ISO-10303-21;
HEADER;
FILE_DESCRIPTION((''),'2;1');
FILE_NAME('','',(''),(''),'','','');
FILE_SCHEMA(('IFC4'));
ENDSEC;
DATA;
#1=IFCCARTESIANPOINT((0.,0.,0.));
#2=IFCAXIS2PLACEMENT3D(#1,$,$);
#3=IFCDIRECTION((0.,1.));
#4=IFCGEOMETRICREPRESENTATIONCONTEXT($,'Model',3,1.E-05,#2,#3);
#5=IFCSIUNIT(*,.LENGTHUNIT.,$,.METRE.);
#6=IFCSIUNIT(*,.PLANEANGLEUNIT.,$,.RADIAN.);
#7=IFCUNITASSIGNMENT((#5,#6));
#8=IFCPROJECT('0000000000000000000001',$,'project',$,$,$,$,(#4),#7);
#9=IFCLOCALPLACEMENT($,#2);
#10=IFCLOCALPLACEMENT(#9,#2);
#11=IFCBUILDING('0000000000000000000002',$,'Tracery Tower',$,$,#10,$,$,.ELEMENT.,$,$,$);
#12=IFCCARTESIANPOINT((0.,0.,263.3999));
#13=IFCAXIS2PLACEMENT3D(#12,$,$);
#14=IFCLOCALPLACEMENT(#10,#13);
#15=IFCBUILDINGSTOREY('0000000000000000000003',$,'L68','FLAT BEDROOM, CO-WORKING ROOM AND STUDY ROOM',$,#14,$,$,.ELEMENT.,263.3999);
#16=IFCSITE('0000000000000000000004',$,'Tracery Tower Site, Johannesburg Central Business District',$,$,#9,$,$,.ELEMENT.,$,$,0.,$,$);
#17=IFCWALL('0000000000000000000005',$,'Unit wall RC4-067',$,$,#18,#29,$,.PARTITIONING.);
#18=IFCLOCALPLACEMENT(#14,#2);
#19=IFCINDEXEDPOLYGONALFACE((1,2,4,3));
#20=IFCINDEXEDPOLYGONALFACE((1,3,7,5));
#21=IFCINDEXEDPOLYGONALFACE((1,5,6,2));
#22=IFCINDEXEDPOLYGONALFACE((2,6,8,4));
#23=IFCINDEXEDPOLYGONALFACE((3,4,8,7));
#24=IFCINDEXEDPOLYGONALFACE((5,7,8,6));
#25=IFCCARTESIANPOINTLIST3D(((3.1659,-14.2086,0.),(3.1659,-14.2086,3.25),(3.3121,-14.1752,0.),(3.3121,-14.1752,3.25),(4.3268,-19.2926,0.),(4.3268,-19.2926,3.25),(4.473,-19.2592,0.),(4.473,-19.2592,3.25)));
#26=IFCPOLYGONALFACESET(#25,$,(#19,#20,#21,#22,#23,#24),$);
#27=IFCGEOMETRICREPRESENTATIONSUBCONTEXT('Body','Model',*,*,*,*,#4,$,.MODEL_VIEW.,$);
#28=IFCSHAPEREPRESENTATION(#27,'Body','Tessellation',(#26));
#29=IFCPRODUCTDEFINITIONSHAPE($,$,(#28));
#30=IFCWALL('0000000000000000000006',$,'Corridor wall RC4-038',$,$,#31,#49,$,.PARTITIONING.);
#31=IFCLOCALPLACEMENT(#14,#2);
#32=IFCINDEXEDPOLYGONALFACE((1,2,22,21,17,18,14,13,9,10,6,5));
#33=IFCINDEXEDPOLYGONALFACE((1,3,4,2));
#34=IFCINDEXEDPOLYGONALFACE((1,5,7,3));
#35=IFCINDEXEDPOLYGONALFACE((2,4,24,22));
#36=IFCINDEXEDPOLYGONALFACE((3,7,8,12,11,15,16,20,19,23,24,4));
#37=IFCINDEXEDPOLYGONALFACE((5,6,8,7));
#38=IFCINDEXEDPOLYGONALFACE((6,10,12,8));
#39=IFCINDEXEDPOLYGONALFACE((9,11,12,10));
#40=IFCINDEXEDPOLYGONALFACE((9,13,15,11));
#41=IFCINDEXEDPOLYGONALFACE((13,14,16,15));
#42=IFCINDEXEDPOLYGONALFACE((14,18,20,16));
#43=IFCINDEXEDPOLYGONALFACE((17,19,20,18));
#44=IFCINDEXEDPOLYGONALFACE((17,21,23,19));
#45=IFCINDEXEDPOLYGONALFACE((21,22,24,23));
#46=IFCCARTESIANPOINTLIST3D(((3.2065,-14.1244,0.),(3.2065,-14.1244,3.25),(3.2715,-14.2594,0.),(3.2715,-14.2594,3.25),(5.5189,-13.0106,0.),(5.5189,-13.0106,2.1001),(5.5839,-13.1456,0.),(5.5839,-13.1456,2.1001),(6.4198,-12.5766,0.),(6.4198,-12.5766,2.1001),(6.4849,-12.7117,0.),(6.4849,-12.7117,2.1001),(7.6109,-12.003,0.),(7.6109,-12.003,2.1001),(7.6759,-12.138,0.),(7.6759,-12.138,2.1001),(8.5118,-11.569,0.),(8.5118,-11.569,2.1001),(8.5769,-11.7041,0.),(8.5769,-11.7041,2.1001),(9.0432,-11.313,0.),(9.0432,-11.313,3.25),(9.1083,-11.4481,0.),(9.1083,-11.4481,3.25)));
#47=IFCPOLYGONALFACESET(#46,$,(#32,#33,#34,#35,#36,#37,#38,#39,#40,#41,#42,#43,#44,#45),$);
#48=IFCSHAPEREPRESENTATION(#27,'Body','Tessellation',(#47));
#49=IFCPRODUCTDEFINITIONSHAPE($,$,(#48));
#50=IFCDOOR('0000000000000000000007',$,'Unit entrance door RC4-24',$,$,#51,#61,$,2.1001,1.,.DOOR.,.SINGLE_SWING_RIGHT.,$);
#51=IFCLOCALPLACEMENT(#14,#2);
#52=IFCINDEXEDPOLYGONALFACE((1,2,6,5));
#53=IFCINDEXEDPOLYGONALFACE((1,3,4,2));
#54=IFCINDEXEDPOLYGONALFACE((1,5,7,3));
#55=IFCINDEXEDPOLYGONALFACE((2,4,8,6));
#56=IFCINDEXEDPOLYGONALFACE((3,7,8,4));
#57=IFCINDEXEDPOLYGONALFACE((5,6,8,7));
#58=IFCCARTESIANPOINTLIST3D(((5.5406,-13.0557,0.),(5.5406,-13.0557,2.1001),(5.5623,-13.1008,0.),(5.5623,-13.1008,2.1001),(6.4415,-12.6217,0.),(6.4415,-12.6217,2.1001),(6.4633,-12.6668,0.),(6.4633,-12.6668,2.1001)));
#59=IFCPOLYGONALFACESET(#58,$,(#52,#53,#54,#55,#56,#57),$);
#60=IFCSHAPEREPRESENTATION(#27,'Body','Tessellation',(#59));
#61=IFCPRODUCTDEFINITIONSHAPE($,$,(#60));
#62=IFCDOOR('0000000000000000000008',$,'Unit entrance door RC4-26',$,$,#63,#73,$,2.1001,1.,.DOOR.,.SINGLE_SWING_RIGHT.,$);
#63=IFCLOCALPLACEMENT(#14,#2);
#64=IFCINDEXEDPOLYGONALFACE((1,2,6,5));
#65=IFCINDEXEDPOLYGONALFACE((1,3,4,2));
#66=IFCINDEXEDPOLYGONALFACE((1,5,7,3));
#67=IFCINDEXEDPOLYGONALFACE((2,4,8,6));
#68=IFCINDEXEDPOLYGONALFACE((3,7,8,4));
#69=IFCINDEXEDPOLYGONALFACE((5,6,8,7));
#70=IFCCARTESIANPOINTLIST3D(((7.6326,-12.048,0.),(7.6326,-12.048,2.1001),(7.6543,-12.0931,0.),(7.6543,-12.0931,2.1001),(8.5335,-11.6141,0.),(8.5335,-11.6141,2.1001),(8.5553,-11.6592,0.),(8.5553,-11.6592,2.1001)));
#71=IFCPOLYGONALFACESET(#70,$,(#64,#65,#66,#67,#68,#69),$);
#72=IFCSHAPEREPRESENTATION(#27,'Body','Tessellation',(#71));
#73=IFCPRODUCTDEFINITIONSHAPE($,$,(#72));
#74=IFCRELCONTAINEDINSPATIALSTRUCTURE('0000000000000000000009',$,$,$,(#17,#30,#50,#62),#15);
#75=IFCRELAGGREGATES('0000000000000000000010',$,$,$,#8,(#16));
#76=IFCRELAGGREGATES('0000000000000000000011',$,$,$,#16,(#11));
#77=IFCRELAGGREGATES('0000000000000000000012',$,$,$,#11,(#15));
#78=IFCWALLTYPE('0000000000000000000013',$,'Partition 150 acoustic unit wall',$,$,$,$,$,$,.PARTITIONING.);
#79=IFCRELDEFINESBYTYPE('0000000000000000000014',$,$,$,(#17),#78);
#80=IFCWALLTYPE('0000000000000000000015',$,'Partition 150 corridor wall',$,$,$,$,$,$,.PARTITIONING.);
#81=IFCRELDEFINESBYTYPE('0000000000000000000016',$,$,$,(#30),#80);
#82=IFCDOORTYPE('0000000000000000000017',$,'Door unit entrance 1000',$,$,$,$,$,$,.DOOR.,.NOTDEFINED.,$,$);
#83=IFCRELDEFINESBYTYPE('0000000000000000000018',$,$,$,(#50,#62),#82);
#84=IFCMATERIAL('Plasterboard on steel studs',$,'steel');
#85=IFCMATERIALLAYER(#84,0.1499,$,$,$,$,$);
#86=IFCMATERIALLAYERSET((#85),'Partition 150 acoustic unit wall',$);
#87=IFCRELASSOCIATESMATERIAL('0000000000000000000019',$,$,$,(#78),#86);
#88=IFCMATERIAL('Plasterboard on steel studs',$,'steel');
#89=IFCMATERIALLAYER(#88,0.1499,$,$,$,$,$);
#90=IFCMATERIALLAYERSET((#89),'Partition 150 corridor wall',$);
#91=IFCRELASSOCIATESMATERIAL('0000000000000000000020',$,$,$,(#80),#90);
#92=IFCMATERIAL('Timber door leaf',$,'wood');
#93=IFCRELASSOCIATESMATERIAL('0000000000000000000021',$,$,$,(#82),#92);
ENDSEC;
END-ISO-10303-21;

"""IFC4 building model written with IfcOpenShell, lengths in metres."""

from ifc_helpers import new_model, si_unit, direction, frame, frame_2d, origin, place, context, subcontext, project, spatial, rectangle, extrude, material, layer, layer_set, type_object, element, fill, save


model = new_model("IFC4")

# Units and contexts
model_context = context("Model", 3, precision=1e-05, world=origin(), true_north=direction((0.0, 1.0)))
body_context = subcontext(model_context, "Body", "Model", "MODEL_VIEW")
ifc_project = project(units=[si_unit("LENGTHUNIT", "METRE"), si_unit("PLANEANGLEUNIT", "RADIAN")], contexts=[model_context])

# Site, building, storey
site_placement = place(None, origin())
site = spatial("IfcSite", under=ifc_project, at=site_placement, Name="Tracery Tower Site, Johannesburg Central Business District", CompositionType="ELEMENT", RefElevation=0.0)
building_placement = place(site_placement, origin())
building = spatial("IfcBuilding", under=site, at=building_placement, Name="Tracery Tower", CompositionType="ELEMENT")
storey_placement = place(building_placement, frame((0.0, 0.0, 263.3999)))
storey = spatial("IfcBuildingStorey", under=building, at=storey_placement, Name="L68", Description="FLAT BEDROOM, CO-WORKING ROOM AND STUDY ROOM", CompositionType="ELEMENT", Elevation=263.3999)

# Wall
ifc_material_1 = material(Name="Plasterboard on steel studs", Category="steel")
ifc_layer_1 = layer(ifc_material_1, 0.1499)
ifc_layer_set_1 = layer_set([ifc_layer_1], Name="Partition 150 acoustic unit wall")
wall_type_1 = type_object("IfcWallType", Name="Partition 150 acoustic unit wall", PredefinedType="PARTITIONING", material=ifc_layer_set_1)
wall_1_placement = place(storey_placement, frame((3.239, -14.1919, 0.0), z_axis=(0.0, 0.0, 1.0), x_axis=(0.222613, -0.974907, 0.0)))
element("IfcWall", 1, at=wall_1_placement, inside=storey, type_object=wall_type_1, Name="Unit wall RC4-067", PredefinedType="PARTITIONING", context=body_context, shape_type="SweptSolid", body=[
    extrude(rectangle(XDim=5.2148, YDim=0.1499, at=frame_2d((2.6074, 0.0))), origin(), (0.0, 0.0, 1.0), 3.25),
])

# Wall, openings, doors
ifc_material_2 = material(Name="Plasterboard on steel studs", Category="steel")
ifc_layer_2 = layer(ifc_material_2, 0.1499)
ifc_layer_set_2 = layer_set([ifc_layer_2], Name="Partition 150 corridor wall")
wall_type_2 = type_object("IfcWallType", Name="Partition 150 corridor wall", PredefinedType="PARTITIONING", material=ifc_layer_set_2)
wall_2_placement = place(storey_placement, frame((3.239, -14.1919, 0.0), z_axis=(0.0, 0.0, 1.0), x_axis=(0.900939, 0.433945, 0.0)))
wall_2 = element("IfcWall", 2, at=wall_2_placement, inside=storey, type_object=wall_type_2, Name="Corridor wall RC4-038", PredefinedType="PARTITIONING", context=body_context, shape_type="SweptSolid", body=[
    extrude(rectangle(XDim=6.4785, YDim=0.1499, at=frame_2d((3.2393, 0.0))), origin(), (0.0, 0.0, 1.0), 3.25),
])
opening_1_placement = place(wall_2_placement, frame((2.5667, 0.0, 0.0)))
opening_1 = element("IfcOpeningElement", 3, at=opening_1_placement, cuts=wall_2, PredefinedType="OPENING", context=body_context, shape_type="SweptSolid", body=[
    extrude(rectangle(XDim=1.0, YDim=2.1001, at=frame_2d((0.5, 1.05))), frame((0.0, 0.075, 0.0), z_axis=(0.0, -1.0, 0.0), x_axis=(1.0, 0.0, 0.0)), (0.0, 0.0, 1.0), 0.1499),
])
opening_2_placement = place(wall_2_placement, frame((4.8887, 0.0, 0.0)))
opening_2 = element("IfcOpeningElement", 4, at=opening_2_placement, cuts=wall_2, PredefinedType="OPENING", context=body_context, shape_type="SweptSolid", body=[
    extrude(rectangle(XDim=1.0, YDim=2.1001, at=frame_2d((0.5, 1.05))), frame((0.0, 0.075, 0.0), z_axis=(0.0, -1.0, 0.0), x_axis=(1.0, 0.0, 0.0)), (0.0, 0.0, 1.0), 0.1499),
])
ifc_material_3 = material(Name="Timber door leaf", Category="wood")
door_type_1 = type_object("IfcDoorType", Name="Door unit entrance 1000", OperationType="NOTDEFINED", PredefinedType="DOOR", material=ifc_material_3)
door_1_placement = place(opening_1_placement, origin())
door_1 = element("IfcDoor", 5, at=door_1_placement, inside=storey, type_object=door_type_1, Name="Unit entrance door RC4-24", OperationType="SINGLE_SWING_RIGHT", OverallHeight=2.1001, OverallWidth=1.0, PredefinedType="DOOR", context=body_context, shape_type="SweptSolid", body=[
    extrude(rectangle(XDim=1.0, YDim=2.1001, at=frame_2d((0.5, 1.05))), frame((0.0, 0.0249, 0.0), z_axis=(0.0, -1.0, 0.0), x_axis=(1.0, 0.0, 0.0)), (0.0, 0.0, 1.0), 0.05),
])
fill(opening_1, door_1)
door_2_placement = place(opening_2_placement, origin())
door_2 = element("IfcDoor", 6, at=door_2_placement, inside=storey, type_object=door_type_1, Name="Unit entrance door RC4-26", OperationType="SINGLE_SWING_RIGHT", OverallHeight=2.1001, OverallWidth=1.0, PredefinedType="DOOR", context=body_context, shape_type="SweptSolid", body=[
    extrude(rectangle(XDim=1.0, YDim=2.1001, at=frame_2d((0.5, 1.05))), frame((0.0, 0.0249, 0.0), z_axis=(0.0, -1.0, 0.0), x_axis=(1.0, 0.0, 0.0)), (0.0, 0.0, 1.0), 0.05),
])
fill(opening_2, door_2)

save(model, "model.ifc")
